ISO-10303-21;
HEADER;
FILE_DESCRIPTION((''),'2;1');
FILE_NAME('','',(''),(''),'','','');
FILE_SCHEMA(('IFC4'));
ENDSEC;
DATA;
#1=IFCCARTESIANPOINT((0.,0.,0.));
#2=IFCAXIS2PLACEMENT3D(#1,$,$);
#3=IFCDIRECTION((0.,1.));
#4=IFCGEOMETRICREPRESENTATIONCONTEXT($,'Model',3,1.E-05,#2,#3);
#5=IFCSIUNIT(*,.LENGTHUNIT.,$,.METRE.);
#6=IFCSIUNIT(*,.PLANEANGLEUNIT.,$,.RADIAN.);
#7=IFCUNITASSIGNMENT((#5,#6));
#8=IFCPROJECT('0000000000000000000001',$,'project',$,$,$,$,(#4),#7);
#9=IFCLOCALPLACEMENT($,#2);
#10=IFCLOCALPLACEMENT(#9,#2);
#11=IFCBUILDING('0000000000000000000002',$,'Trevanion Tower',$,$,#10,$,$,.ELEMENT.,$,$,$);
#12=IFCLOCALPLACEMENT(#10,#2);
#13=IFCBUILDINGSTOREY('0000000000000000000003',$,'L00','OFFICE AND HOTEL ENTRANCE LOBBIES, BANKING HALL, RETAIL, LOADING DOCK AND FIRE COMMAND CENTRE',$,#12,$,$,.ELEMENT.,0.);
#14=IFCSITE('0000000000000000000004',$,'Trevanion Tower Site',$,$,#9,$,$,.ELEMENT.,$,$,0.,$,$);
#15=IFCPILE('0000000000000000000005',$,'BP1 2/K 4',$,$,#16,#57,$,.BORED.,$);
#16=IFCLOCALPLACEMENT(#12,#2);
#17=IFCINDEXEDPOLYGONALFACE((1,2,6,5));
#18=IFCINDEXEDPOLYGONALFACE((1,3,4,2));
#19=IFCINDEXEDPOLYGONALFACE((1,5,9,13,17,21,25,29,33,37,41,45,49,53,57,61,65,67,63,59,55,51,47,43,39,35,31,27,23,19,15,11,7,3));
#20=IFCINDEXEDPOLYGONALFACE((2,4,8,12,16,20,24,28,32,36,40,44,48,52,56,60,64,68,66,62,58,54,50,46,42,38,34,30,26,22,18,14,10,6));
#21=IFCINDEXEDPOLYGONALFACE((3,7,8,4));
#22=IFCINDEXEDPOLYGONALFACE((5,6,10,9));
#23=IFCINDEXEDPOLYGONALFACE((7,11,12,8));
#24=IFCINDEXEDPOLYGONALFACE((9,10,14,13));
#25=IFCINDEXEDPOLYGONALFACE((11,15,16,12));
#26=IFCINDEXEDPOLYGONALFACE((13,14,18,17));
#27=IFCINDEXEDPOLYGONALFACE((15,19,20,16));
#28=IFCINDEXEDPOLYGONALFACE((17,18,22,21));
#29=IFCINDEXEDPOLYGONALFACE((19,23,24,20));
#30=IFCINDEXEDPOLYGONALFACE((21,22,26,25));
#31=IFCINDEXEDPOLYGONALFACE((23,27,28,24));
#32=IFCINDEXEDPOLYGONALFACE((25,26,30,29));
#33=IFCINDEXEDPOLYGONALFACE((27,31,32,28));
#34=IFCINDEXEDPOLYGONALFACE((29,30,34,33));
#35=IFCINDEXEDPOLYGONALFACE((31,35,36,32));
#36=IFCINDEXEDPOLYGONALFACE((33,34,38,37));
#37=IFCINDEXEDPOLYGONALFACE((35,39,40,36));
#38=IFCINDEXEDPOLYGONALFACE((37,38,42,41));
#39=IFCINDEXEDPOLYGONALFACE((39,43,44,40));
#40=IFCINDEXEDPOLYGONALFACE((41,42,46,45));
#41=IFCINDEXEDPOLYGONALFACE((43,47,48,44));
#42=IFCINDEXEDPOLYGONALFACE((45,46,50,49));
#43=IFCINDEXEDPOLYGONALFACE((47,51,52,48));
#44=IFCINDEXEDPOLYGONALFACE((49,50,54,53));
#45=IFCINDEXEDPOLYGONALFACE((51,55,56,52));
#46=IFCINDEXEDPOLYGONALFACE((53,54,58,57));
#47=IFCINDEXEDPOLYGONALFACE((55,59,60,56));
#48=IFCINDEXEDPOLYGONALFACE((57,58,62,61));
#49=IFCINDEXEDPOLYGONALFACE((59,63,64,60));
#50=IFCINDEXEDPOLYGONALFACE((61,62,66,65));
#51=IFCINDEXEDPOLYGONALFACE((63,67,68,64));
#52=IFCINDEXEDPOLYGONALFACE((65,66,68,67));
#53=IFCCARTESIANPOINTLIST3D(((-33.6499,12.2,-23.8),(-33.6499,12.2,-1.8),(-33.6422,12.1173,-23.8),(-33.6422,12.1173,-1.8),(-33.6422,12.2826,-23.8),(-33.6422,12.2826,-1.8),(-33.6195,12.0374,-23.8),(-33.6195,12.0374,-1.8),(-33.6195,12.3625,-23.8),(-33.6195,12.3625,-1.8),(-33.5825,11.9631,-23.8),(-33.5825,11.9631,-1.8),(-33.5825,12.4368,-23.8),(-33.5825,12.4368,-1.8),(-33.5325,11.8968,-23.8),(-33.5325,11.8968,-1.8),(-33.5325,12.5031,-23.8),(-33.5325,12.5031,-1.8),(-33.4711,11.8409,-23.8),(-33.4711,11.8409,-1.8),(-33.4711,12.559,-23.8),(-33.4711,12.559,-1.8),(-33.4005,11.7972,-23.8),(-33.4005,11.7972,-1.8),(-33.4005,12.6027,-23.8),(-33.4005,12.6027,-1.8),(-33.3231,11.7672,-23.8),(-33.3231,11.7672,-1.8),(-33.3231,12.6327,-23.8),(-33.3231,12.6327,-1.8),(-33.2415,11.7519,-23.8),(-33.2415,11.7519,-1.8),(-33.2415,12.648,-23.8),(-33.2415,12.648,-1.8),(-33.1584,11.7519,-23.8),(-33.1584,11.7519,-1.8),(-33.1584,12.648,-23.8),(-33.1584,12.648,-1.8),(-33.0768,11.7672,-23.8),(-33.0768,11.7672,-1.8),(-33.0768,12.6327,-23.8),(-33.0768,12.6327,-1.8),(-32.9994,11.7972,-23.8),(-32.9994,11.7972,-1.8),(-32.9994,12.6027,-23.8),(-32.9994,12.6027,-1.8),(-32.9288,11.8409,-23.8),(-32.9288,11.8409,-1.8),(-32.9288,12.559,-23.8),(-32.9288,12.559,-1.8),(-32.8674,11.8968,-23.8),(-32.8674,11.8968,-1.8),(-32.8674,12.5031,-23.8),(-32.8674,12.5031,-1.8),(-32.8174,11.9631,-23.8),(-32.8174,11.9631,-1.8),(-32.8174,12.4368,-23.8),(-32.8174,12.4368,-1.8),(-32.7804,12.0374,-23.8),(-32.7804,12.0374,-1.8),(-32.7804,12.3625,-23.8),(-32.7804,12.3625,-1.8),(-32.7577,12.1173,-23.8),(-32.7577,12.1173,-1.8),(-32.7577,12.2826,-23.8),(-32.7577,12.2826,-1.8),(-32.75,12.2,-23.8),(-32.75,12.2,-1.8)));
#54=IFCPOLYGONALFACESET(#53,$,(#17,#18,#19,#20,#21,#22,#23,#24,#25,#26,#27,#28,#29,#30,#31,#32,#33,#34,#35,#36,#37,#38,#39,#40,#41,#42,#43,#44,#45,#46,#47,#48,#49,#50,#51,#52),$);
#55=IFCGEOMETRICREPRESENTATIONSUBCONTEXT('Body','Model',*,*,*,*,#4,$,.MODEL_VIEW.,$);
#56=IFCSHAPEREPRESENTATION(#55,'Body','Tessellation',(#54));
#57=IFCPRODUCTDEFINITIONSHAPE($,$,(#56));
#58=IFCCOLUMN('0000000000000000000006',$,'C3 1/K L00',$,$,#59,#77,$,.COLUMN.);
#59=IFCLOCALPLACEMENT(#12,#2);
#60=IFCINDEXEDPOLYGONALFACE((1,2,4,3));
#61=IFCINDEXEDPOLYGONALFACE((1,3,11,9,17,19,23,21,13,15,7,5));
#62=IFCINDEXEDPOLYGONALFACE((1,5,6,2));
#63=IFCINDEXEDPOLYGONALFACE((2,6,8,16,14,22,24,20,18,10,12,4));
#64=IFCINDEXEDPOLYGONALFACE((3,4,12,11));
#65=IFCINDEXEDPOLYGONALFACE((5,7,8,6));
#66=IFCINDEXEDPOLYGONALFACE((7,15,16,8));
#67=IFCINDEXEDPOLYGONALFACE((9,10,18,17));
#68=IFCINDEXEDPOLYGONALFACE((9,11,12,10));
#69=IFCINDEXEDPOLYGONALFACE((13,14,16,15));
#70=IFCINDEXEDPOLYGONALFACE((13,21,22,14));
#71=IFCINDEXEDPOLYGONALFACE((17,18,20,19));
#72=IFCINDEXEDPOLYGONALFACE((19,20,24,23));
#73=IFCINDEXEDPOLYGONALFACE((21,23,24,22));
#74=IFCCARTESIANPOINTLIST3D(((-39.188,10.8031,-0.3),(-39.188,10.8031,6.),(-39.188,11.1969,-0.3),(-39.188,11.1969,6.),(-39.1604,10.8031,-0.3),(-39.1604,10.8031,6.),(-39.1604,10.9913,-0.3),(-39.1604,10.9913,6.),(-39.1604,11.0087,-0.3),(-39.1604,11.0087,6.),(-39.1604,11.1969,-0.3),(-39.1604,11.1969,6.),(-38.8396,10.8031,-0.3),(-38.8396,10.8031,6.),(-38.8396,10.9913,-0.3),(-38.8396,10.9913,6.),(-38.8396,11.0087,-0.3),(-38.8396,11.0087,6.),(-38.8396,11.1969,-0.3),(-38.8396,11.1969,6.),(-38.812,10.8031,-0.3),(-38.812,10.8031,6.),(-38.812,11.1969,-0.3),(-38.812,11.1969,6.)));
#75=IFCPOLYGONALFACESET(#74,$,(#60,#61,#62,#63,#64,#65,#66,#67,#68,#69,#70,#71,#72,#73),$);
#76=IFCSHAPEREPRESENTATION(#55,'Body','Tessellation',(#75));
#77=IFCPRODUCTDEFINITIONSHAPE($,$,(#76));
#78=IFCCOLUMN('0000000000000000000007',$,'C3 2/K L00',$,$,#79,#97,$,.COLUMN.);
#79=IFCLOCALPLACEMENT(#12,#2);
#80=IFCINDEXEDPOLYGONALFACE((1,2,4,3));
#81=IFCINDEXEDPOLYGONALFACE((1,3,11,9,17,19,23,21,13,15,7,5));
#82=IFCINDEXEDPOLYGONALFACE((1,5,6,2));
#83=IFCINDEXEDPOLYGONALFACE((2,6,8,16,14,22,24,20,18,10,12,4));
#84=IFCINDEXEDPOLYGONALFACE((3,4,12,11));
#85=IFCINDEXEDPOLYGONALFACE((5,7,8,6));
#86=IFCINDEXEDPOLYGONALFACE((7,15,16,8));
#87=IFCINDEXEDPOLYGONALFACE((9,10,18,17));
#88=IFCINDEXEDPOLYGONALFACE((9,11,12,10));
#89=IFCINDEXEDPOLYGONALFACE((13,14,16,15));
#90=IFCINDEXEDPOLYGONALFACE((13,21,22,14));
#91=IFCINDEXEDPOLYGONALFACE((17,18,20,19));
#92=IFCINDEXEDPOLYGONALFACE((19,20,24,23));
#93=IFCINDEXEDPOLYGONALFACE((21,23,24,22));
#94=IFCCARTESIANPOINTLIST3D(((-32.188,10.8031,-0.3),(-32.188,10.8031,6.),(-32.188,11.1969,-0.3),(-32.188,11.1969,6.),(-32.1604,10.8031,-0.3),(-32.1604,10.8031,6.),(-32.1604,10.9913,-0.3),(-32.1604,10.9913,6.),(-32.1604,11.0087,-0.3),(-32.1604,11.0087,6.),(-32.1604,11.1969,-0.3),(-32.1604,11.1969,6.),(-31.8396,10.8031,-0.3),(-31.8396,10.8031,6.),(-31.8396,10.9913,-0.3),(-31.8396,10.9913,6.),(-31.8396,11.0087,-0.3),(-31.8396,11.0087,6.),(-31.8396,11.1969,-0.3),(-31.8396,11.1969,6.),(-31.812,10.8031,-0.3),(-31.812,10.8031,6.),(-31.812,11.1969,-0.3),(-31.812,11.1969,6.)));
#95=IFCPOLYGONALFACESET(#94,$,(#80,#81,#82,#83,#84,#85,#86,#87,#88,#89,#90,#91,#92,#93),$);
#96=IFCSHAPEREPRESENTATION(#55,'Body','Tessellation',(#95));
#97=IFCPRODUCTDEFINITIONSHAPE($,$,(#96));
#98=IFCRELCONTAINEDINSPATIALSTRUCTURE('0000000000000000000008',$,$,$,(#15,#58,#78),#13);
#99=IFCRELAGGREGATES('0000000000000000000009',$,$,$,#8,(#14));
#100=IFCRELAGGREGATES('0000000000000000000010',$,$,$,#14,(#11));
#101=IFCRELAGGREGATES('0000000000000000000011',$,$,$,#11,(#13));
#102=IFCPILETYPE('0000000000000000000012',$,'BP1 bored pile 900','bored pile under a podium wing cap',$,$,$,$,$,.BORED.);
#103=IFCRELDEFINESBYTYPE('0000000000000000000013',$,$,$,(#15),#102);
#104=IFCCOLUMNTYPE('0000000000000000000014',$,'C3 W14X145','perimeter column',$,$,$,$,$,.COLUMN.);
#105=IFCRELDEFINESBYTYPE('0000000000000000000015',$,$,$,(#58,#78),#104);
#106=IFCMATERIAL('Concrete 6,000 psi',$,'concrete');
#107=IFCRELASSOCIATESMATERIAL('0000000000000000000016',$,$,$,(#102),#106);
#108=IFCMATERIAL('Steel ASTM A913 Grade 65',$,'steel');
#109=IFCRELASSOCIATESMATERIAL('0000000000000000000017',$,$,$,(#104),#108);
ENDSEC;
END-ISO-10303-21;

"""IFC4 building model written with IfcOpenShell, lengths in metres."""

from ifc_helpers import new_model, si_unit, direction, frame, origin, origin_2d, place, context, subcontext, project, spatial, circle, i_section, extrude, material, material_profile, profile_set, type_object, element, save


model = new_model("IFC4")

# Units and contexts
model_context = context("Model", 3, precision=1e-05, world=origin(), true_north=direction((0.0, 1.0)))
body_context = subcontext(model_context, "Body", "Model", "MODEL_VIEW")
ifc_project = project(units=[si_unit("LENGTHUNIT", "METRE"), si_unit("PLANEANGLEUNIT", "RADIAN")], contexts=[model_context])

# Site, building, storey
site_placement = place(None, origin())
site = spatial("IfcSite", under=ifc_project, at=site_placement, Name="Trevanion Tower Site", CompositionType="ELEMENT", RefElevation=0.0)
building_placement = place(site_placement, origin())
building = spatial("IfcBuilding", under=site, at=building_placement, Name="Trevanion Tower", CompositionType="ELEMENT")
storey_placement = place(building_placement, origin())
storey = spatial("IfcBuildingStorey", under=building, at=storey_placement, Name="L00", Description="OFFICE AND HOTEL ENTRANCE LOBBIES, BANKING HALL, RETAIL, LOADING DOCK AND FIRE COMMAND CENTRE", CompositionType="ELEMENT", Elevation=0.0)

# Pile
ifc_material_1 = material(Name="Concrete 6,000 psi", Category="concrete")
ifc_material_profile_1 = material_profile(ifc_material_1, circle(Radius=0.45, at=origin_2d()), Name="BP1 bored pile 900")
ifc_profile_set_1 = profile_set([ifc_material_profile_1], Name="Concrete 6,000 psi")
pile_type = type_object("IfcPileType", Name="BP1 bored pile 900", Description="bored pile under a podium wing cap", PredefinedType="BORED", material=ifc_profile_set_1)
for number, where, z_axis, x_axis, name in (
    (1, (-33.2, 12.2, -1.8), (0.0, 0.0, -1.0), (1.0, 0.0, 0.0), "BP1 2/K 4"),
):
    element("IfcPile", number, at=place(storey_placement, frame(where, z_axis=z_axis, x_axis=x_axis)), inside=storey, type_object=pile_type, Name=name, PredefinedType="BORED", context=body_context, shape_type="SweptSolid", body=[
        extrude(circle(Radius=0.45, at=origin_2d()), origin(), (0.0, 0.0, 1.0), 22.0),
    ])

# Columns
ifc_material_2 = material(Name="Steel ASTM A913 Grade 65", Category="steel")
ifc_material_profile_2 = material_profile(ifc_material_2, i_section(OverallWidth=0.3938, OverallDepth=0.376, WebThickness=0.0173, FlangeThickness=0.0276, at=origin_2d()), Name="W14X145")
ifc_profile_set_2 = profile_set([ifc_material_profile_2], Name="Steel ASTM A913 Grade 65")
column_type = type_object("IfcColumnType", Name="C3 W14X145", Description="perimeter column", PredefinedType="COLUMN", material=ifc_profile_set_2)
for number, where, z_axis, x_axis, name in (
    (2, (-39.0, 11.0, -0.3), (0.0, 0.0, 1.0), (0.0, 1.0, 0.0), "C3 1/K L00"),
    (3, (-32.0, 11.0, -0.3), (0.0, 0.0, 1.0), (0.0, 1.0, 0.0), "C3 2/K L00"),
):
    element("IfcColumn", number, at=place(storey_placement, frame(where, z_axis=z_axis, x_axis=x_axis)), inside=storey, type_object=column_type, Name=name, PredefinedType="COLUMN", context=body_context, shape_type="SweptSolid", body=[
        extrude(i_section(OverallWidth=0.3938, OverallDepth=0.376, WebThickness=0.0173, FlangeThickness=0.0276, at=origin_2d()), origin(), (0.0, 0.0, 1.0), 6.3),
    ])

save(model, "model.ifc")
